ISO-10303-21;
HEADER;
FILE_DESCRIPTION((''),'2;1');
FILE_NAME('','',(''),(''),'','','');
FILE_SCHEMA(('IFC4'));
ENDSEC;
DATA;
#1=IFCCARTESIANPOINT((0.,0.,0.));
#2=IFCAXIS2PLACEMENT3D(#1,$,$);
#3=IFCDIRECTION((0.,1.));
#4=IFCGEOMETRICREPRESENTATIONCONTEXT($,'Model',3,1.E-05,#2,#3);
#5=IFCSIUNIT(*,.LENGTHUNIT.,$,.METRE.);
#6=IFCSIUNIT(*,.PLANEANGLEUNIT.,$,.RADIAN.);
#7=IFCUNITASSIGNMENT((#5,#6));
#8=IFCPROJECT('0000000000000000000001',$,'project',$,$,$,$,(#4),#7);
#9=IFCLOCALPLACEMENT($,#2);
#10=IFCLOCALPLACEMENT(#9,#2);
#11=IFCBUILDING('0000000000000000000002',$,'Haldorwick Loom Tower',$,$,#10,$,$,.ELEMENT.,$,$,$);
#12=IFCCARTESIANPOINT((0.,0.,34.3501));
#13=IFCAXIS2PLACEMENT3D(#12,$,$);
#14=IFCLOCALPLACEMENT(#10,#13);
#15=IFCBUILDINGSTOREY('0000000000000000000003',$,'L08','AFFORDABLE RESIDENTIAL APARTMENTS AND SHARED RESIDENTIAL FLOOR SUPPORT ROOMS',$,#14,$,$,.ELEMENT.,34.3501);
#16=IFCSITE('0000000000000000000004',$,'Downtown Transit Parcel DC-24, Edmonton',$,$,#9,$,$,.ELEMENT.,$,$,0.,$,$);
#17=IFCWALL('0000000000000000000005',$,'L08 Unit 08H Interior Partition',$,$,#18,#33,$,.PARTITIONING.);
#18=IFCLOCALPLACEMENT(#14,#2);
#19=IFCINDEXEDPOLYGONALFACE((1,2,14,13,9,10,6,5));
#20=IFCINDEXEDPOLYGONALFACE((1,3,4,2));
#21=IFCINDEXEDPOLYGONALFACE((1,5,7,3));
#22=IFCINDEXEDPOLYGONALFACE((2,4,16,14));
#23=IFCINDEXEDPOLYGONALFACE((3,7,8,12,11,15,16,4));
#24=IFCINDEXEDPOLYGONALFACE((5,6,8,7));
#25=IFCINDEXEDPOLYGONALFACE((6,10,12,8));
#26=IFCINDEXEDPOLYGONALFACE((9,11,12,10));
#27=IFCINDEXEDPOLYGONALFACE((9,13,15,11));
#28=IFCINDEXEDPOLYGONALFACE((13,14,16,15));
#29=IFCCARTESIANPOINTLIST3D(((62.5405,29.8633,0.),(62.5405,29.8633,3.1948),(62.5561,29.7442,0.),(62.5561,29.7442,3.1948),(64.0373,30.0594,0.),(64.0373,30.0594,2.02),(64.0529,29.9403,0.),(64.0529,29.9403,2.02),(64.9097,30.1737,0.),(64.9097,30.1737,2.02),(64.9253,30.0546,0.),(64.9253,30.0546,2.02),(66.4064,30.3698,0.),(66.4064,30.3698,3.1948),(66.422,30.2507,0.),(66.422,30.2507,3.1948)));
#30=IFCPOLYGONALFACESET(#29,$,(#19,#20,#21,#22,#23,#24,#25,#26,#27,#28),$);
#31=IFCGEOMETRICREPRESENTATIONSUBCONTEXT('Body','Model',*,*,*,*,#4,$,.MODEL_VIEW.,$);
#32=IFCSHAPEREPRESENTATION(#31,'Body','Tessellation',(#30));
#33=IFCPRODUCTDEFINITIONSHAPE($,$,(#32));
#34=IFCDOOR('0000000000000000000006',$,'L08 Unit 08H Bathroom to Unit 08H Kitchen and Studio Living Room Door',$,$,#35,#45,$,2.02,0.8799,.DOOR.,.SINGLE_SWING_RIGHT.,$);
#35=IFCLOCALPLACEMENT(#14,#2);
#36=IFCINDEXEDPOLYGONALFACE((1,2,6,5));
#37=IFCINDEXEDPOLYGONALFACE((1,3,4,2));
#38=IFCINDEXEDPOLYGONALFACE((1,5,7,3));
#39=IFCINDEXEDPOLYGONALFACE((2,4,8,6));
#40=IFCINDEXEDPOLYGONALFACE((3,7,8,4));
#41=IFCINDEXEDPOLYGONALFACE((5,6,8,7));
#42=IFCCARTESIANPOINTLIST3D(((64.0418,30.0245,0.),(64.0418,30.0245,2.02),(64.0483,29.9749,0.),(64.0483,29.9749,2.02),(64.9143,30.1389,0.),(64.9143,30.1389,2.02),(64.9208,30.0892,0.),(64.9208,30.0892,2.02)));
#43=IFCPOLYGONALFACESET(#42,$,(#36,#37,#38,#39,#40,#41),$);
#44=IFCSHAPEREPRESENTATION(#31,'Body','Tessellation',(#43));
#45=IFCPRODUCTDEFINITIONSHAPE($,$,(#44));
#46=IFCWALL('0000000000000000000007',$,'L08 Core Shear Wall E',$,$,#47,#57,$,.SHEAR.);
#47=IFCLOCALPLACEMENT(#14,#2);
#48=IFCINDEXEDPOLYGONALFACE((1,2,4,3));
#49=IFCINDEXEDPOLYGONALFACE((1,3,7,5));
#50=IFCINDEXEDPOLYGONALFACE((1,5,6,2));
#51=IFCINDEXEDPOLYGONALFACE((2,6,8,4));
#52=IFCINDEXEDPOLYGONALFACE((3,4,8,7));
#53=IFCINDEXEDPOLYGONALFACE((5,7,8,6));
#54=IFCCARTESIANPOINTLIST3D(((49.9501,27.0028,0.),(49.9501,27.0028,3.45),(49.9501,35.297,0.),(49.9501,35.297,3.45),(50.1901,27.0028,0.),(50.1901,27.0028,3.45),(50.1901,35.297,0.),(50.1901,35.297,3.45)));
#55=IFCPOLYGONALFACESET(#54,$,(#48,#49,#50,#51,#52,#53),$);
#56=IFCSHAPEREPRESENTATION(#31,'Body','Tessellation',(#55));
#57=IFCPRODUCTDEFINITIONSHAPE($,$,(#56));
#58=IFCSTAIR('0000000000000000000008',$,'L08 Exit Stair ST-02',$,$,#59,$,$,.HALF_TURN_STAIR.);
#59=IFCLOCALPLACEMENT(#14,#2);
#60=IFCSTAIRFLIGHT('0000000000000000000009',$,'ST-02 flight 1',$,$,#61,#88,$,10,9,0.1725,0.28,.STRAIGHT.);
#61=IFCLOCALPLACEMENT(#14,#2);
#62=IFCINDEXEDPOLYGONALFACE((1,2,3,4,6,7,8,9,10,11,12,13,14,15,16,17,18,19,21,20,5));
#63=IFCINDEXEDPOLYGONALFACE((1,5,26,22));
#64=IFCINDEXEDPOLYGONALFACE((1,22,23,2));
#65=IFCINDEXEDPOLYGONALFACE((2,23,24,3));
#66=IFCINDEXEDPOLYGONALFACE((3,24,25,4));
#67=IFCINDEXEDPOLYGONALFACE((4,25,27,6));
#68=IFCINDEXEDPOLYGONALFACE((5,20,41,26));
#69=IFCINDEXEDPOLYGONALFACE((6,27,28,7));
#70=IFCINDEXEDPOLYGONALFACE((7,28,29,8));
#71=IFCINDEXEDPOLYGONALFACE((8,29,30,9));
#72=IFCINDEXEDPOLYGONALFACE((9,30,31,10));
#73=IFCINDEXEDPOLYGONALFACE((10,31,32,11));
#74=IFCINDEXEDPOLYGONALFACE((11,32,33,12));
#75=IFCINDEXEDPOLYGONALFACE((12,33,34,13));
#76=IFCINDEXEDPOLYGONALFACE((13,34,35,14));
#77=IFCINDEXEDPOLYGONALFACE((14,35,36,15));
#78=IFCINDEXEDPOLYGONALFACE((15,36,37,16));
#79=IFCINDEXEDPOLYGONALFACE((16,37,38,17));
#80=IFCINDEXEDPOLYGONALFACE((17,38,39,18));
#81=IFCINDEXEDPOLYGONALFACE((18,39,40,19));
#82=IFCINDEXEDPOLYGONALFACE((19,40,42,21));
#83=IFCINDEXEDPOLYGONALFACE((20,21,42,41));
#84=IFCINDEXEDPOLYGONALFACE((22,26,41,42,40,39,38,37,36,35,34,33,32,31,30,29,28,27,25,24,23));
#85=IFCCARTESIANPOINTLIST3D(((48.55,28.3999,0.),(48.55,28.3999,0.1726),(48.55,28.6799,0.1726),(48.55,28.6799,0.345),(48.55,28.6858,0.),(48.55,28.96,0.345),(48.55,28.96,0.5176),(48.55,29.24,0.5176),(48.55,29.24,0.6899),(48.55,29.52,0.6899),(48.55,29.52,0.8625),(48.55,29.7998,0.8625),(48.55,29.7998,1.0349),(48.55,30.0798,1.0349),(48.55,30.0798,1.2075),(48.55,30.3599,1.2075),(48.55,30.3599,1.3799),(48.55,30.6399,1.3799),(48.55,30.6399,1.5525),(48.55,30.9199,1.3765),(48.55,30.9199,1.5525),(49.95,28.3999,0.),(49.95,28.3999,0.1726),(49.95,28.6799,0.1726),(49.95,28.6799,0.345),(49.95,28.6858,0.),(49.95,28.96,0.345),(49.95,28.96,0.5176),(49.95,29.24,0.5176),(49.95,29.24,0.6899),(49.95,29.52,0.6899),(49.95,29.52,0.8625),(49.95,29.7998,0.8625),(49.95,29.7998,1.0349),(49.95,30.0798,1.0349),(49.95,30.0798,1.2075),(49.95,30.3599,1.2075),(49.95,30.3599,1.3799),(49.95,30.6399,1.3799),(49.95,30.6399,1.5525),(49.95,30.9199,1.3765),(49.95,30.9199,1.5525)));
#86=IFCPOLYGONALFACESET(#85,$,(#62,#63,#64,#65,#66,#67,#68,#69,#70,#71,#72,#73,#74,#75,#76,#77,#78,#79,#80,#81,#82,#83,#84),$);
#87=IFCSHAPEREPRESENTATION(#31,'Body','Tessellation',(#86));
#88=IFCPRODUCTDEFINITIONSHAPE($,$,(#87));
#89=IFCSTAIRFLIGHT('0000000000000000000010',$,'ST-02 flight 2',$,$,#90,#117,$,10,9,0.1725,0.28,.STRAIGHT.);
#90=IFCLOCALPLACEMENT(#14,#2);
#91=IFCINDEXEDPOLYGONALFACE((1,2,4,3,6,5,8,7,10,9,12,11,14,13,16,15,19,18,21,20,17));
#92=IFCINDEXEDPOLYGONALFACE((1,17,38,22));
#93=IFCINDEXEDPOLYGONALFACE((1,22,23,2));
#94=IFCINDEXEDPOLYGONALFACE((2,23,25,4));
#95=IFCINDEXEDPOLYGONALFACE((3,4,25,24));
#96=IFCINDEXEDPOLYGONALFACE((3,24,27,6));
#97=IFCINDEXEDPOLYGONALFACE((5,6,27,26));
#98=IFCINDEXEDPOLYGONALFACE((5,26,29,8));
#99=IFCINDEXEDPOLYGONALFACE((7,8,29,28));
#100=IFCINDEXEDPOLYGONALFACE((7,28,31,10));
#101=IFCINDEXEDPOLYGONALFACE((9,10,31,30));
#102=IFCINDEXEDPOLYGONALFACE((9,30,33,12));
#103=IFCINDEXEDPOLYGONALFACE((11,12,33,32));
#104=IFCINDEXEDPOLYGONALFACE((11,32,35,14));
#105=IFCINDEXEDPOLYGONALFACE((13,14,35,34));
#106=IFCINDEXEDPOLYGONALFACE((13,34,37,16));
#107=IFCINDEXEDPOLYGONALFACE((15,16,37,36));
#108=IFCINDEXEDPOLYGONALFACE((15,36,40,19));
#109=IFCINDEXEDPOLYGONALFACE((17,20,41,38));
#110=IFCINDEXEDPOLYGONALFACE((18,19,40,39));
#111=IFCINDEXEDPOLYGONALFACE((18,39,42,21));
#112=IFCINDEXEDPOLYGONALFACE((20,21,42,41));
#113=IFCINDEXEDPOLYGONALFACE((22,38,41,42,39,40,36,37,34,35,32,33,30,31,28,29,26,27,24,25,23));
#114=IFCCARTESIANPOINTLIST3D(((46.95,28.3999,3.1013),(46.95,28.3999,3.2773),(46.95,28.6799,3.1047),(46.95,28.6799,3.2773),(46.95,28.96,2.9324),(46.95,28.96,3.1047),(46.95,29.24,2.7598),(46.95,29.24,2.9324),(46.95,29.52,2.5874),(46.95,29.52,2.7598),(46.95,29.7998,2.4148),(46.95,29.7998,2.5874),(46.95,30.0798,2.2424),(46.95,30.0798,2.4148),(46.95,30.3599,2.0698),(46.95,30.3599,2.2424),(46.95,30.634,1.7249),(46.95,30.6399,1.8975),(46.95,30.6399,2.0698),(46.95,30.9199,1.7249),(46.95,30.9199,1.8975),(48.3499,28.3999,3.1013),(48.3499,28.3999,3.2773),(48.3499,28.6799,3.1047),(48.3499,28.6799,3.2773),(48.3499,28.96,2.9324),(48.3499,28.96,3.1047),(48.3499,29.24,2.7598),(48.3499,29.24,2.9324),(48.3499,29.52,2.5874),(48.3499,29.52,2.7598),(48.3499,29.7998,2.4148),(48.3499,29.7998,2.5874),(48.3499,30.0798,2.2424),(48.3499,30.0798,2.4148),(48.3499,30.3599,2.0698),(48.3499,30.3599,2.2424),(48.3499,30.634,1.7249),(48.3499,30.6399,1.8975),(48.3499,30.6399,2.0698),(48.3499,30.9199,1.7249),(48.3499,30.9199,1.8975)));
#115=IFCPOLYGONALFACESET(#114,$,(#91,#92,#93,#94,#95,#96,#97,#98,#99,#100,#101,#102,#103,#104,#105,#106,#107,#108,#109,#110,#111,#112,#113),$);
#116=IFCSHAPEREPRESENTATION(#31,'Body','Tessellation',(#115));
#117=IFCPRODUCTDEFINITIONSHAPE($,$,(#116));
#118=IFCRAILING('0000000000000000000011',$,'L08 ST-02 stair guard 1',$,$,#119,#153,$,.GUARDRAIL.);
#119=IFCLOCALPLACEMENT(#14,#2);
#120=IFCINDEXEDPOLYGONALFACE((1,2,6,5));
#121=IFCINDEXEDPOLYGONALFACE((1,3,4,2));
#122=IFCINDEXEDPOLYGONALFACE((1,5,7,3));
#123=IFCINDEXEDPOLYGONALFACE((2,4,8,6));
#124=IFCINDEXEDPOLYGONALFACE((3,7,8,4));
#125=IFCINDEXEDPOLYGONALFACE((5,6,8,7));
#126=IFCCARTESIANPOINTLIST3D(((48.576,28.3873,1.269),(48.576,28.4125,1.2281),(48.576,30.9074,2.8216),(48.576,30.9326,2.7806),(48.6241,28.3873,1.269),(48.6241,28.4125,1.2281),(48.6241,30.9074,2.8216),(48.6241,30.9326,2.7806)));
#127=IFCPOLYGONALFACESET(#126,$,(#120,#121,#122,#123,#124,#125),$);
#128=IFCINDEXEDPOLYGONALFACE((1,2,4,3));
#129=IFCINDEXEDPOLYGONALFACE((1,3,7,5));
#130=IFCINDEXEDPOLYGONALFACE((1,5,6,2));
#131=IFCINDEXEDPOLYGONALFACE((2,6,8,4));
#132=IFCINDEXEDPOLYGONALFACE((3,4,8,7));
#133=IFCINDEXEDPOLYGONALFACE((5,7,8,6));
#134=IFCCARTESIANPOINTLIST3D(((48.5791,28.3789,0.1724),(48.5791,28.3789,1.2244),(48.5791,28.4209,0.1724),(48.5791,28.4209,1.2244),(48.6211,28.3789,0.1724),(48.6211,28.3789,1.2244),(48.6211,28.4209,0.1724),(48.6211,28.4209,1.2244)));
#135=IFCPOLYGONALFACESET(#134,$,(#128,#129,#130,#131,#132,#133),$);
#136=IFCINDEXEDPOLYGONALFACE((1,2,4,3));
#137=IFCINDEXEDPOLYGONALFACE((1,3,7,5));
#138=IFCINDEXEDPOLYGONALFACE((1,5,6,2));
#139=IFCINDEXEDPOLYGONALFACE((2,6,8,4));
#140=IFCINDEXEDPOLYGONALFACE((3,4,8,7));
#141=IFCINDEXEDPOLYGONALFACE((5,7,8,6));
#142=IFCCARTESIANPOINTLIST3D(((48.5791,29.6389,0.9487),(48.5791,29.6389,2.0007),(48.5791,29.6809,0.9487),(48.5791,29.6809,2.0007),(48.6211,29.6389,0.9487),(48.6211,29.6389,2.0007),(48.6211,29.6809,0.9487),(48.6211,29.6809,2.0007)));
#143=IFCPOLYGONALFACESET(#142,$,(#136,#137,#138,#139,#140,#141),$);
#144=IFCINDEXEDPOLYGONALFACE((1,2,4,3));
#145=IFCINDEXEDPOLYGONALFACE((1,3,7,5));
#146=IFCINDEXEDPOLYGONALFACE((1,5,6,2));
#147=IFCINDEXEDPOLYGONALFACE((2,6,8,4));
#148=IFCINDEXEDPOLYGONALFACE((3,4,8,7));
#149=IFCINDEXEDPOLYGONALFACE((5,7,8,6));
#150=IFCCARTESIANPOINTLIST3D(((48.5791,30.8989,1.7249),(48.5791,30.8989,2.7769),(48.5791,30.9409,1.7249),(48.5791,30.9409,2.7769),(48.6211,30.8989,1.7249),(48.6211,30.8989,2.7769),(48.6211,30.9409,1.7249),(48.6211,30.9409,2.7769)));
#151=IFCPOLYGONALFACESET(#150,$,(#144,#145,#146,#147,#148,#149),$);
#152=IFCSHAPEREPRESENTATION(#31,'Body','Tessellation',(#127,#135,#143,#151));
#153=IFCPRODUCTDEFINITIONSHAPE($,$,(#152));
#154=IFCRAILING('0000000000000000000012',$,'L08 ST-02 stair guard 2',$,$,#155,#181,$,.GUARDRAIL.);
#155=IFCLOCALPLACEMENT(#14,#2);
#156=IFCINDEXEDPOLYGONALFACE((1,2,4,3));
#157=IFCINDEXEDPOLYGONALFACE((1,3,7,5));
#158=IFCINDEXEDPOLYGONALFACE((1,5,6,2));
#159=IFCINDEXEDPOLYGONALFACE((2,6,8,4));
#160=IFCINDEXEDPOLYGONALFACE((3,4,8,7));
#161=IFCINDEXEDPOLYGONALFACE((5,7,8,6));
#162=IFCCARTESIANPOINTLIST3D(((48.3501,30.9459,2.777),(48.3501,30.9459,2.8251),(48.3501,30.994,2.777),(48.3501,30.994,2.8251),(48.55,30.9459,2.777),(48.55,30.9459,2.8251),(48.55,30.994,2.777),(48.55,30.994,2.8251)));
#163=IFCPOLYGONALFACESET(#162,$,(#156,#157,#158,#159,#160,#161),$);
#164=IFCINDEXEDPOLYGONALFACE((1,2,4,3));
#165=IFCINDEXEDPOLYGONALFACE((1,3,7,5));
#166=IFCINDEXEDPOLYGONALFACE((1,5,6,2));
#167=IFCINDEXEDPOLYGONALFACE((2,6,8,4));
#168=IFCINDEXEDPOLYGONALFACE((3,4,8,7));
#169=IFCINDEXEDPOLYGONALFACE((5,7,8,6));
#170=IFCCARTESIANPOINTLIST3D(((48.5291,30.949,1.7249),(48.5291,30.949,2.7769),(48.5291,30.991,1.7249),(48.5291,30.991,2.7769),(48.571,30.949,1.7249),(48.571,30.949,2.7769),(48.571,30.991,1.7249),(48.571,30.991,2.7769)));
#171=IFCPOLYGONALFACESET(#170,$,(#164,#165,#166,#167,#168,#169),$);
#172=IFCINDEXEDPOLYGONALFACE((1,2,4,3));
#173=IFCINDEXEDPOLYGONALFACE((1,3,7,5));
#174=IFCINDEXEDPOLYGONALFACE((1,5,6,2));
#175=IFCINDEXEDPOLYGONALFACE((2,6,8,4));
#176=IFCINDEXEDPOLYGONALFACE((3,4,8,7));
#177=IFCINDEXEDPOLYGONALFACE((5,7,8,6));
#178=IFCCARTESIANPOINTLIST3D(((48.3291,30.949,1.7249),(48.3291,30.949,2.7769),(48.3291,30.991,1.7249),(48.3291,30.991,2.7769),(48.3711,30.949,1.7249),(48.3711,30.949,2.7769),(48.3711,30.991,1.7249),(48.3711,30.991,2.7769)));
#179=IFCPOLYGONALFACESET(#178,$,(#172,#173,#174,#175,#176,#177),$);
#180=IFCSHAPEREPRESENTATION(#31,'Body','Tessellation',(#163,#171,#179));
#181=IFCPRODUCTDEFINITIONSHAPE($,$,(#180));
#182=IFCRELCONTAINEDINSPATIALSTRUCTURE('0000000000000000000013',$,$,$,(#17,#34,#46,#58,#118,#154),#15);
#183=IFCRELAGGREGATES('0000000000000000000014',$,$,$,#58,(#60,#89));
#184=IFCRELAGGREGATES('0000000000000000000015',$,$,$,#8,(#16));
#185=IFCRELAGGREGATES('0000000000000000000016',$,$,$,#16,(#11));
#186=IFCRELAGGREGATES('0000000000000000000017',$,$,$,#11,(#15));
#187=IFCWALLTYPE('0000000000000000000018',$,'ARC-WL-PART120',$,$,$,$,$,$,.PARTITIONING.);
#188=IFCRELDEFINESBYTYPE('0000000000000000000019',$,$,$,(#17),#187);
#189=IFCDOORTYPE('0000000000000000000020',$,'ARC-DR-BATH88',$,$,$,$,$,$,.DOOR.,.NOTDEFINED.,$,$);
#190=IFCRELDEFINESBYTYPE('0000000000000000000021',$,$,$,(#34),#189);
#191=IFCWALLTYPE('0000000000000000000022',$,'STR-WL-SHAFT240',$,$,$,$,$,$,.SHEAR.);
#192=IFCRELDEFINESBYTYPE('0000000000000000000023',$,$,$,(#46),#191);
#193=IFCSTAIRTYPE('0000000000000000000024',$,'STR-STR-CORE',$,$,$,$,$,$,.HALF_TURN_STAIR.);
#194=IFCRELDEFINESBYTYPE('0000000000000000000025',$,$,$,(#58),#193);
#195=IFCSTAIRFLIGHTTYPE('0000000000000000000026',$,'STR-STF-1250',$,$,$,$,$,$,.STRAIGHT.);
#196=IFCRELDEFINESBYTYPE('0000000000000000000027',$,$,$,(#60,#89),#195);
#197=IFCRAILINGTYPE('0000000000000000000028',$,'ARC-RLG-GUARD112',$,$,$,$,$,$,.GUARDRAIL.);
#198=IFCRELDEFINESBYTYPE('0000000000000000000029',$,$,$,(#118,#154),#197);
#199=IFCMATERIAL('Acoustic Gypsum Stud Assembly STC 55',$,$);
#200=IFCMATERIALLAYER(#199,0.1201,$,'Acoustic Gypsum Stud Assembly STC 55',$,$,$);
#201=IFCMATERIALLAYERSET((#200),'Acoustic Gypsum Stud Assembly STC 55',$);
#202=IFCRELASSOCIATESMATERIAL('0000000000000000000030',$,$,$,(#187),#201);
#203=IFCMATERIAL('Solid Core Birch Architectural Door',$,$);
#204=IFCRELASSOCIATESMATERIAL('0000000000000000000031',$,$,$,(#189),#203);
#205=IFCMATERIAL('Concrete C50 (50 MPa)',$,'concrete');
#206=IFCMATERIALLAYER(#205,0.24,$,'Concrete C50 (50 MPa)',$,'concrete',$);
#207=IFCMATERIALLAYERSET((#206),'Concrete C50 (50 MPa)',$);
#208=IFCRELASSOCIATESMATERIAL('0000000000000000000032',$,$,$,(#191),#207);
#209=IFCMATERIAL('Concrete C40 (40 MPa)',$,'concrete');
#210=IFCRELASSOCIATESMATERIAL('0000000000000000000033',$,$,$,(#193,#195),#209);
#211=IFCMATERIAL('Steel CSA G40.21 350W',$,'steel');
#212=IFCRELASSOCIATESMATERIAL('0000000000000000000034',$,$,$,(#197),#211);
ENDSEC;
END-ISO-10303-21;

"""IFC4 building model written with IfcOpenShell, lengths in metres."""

from ifc_helpers import new_model, si_unit, direction, frame, frame_2d, origin, origin_2d, place, context, subcontext, project, spatial, polyline, rectangle, outline, extrude, material, layer, layer_set, type_object, element, fill, aggregate, save


model = new_model("IFC4")

# Units and contexts
model_context = context("Model", 3, precision=1e-05, world=origin(), true_north=direction((0.0, 1.0)))
body_context = subcontext(model_context, "Body", "Model", "MODEL_VIEW")
ifc_project = project(units=[si_unit("LENGTHUNIT", "METRE"), si_unit("PLANEANGLEUNIT", "RADIAN")], contexts=[model_context])

# Site, building, storey
site_placement = place(None, origin())
site = spatial("IfcSite", under=ifc_project, at=site_placement, Name="Downtown Transit Parcel DC-24, Edmonton", CompositionType="ELEMENT", RefElevation=0.0)
building_placement = place(site_placement, origin())
building = spatial("IfcBuilding", under=site, at=building_placement, Name="Haldorwick Loom Tower", CompositionType="ELEMENT")
storey_placement = place(building_placement, frame((0.0, 0.0, 34.3501)))
storey = spatial("IfcBuildingStorey", under=building, at=storey_placement, Name="L08", Description="AFFORDABLE RESIDENTIAL APARTMENTS AND SHARED RESIDENTIAL FLOOR SUPPORT ROOMS", CompositionType="ELEMENT", Elevation=34.3501)

# Shared definitions
ifc_material_1 = material(Name="Steel CSA G40.21 350W", Category="steel")

# Shared definitions
ifc_material_2 = material(Name="Acoustic Gypsum Stud Assembly STC 55")
ifc_layer_1 = layer(ifc_material_2, 0.1201, Name="Acoustic Gypsum Stud Assembly STC 55")
ifc_layer_set_1 = layer_set([ifc_layer_1], Name="Acoustic Gypsum Stud Assembly STC 55")
wall_type_1 = type_object("IfcWallType", Name="ARC-WL-PART120", PredefinedType="PARTITIONING", material=ifc_layer_set_1)

# Wall, opening, door
wall_1_placement = place(storey_placement, frame((62.5483, 29.8037, 0.0), z_axis=(0.0, 0.0, 1.0), x_axis=(0.991523, 0.129928, 0.0)))
wall_1 = element("IfcWall", 1, at=wall_1_placement, inside=storey, type_object=wall_type_1, Name="L08 Unit 08H Interior Partition", PredefinedType="PARTITIONING", context=body_context, shape_type="SweptSolid", body=[
    extrude(rectangle(XDim=3.8989, YDim=0.1201, at=frame_2d((1.9495, 0.0))), origin(), (0.0, 0.0, 1.0), 3.1948),
])
opening_1_placement = place(wall_1_placement, frame((1.5095, 0.0, 0.0)))
opening_1 = element("IfcOpeningElement", 2, at=opening_1_placement, cuts=wall_1, PredefinedType="OPENING", context=body_context, shape_type="SweptSolid", body=[
    extrude(rectangle(XDim=0.8799, YDim=2.02, at=frame_2d((0.4399, 1.01))), frame((0.0, 0.0701, 0.0), z_axis=(0.0, -1.0, 0.0), x_axis=(1.0, 0.0, 0.0)), (0.0, 0.0, 1.0), 0.1401),
])
ifc_material_3 = material(Name="Solid Core Birch Architectural Door")
door_type_1 = type_object("IfcDoorType", Name="ARC-DR-BATH88", OperationType="NOTDEFINED", PredefinedType="DOOR", material=ifc_material_3)
door_1_placement = place(opening_1_placement, origin())
door_1 = element("IfcDoor", 3, at=door_1_placement, inside=storey, type_object=door_type_1, Name="L08 Unit 08H Bathroom to Unit 08H Kitchen and Studio Living Room Door", OperationType="SINGLE_SWING_RIGHT", OverallHeight=2.02, OverallWidth=0.8799, PredefinedType="DOOR", context=body_context, shape_type="SweptSolid", body=[
    extrude(rectangle(XDim=0.8799, YDim=2.02, at=frame_2d((0.4399, 1.01))), frame((0.0, 0.0249, 0.0), z_axis=(0.0, -1.0, 0.0), x_axis=(1.0, 0.0, 0.0)), (0.0, 0.0, 1.0), 0.05),
])
fill(opening_1, door_1)

# Wall
ifc_material_4 = material(Name="Concrete C50 (50 MPa)", Category="concrete")
ifc_layer_2 = layer(ifc_material_4, 0.24, Name="Concrete C50 (50 MPa)", Category="concrete")
ifc_layer_set_2 = layer_set([ifc_layer_2], Name="Concrete C50 (50 MPa)")
wall_type_2 = type_object("IfcWallType", Name="STR-WL-SHAFT240", PredefinedType="SHEAR", material=ifc_layer_set_2)
wall_2_placement = place(storey_placement, frame((50.0701, 27.0029, 0.0), z_axis=(0.0, 0.0, 1.0), x_axis=(0.0, 1.0, 0.0)))
element("IfcWall", 4, at=wall_2_placement, inside=storey, type_object=wall_type_2, Name="L08 Core Shear Wall E", PredefinedType="SHEAR", context=body_context, shape_type="SweptSolid", body=[
    extrude(rectangle(XDim=8.2942, YDim=0.24, at=frame_2d((4.147, 0.0))), origin(), (0.0, 0.0, 1.0), 3.45),
])

# Stair, stair flights
ifc_material_5 = material(Name="Concrete C40 (40 MPa)", Category="concrete")
stair_type = type_object("IfcStairType", Name="STR-STR-CORE", PredefinedType="HALF_TURN_STAIR", material=ifc_material_5)
stair_placement = place(storey_placement, origin())
stair = element("IfcStair", 5, at=stair_placement, inside=storey, type_object=stair_type, Name="L08 Exit Stair ST-02", PredefinedType="HALF_TURN_STAIR")
stair_flight_type = type_object("IfcStairFlightType", Name="STR-STF-1250", PredefinedType="STRAIGHT", material=ifc_material_5)
stair_flight_1_placement = place(storey_placement, frame((49.25, 28.3999, 0.0), z_axis=(0.0, 0.0, 1.0), x_axis=(0.0, 1.0, 0.0)))
stair_flight_1 = element("IfcStairFlight", 6, at=stair_flight_1_placement, type_object=stair_flight_type, Name="ST-02 flight 1", NumberOfRisers=10, NumberOfTreads=9, PredefinedType="STRAIGHT", RiserHeight=0.1725, TreadLength=0.28, context=body_context, shape_type="SweptSolid", body=[
    extrude(outline(polyline([(0.0, 0.0), (0.0, 0.1726), (0.28, 0.1726), (0.28, 0.345), (0.5601, 0.345), (0.5601, 0.5176), (0.8401, 0.5176), (0.8401, 0.6899), (1.1201, 0.6899), (1.1201, 0.8625), (1.3999, 0.8625), (1.3999, 1.0349), (1.6799, 1.0349), (1.6799, 1.2075), (1.96, 1.2075), (1.96, 1.3799), (2.24, 1.3799), (2.24, 1.5525), (2.52, 1.5525), (2.52, 1.7251), (2.52, 1.3765), (0.2859, 0.0), (0.0, 0.0)])), frame((0.0, 0.7, 0.0), z_axis=(0.0, -1.0, 0.0), x_axis=(1.0, 0.0, 0.0)), (0.0, 0.0, 1.0), 1.3999),
])
stair_flight_2_placement = place(storey_placement, frame((47.6499, 30.9199, 1.7249), z_axis=(0.0, 0.0, 1.0), x_axis=(0.0, -1.0, 0.0)))
stair_flight_2 = element("IfcStairFlight", 7, at=stair_flight_2_placement, type_object=stair_flight_type, Name="ST-02 flight 2", NumberOfRisers=10, NumberOfTreads=9, PredefinedType="STRAIGHT", RiserHeight=0.1725, TreadLength=0.28, context=body_context, shape_type="SweptSolid", body=[
    extrude(outline(polyline([(0.0, 0.0), (0.0, 0.1726), (0.28, 0.1726), (0.28, 0.345), (0.5601, 0.345), (0.5601, 0.5176), (0.8401, 0.5176), (0.8401, 0.6899), (1.1201, 0.6899), (1.1201, 0.8625), (1.3999, 0.8625), (1.3999, 1.0349), (1.6799, 1.0349), (1.6799, 1.2075), (1.96, 1.2075), (1.96, 1.3799), (2.24, 1.3799), (2.24, 1.5525), (2.52, 1.5525), (2.52, 1.7251), (2.52, 1.3765), (0.2859, 0.0), (0.0, 0.0)])), frame((0.0, 0.7, 0.0), z_axis=(0.0, -1.0, 0.0), x_axis=(1.0, 0.0, 0.0)), (0.0, 0.0, 1.0), 1.3999),
])
aggregate(stair, [stair_flight_1, stair_flight_2])

# Railings
railing_type_1 = type_object("IfcRailingType", Name="ARC-RLG-GUARD112", PredefinedType="GUARDRAIL", material=ifc_material_1)
railing_1_placement = place(storey_placement, frame((48.6001, 28.3999, 0.1724)))
element("IfcRailing", 8, at=railing_1_placement, inside=storey, type_object=railing_type_1, Name="L08 ST-02 stair guard 1", PredefinedType="GUARDRAIL", context=body_context, shape_type="SweptSolid", body=[
    extrude(rectangle(XDim=0.0481, YDim=0.0481, at=origin_2d()), frame((0.0, 0.0, 1.0762), z_axis=(0.0, 0.8514, 0.524516), x_axis=(-1.0, 0.0, 0.0)), (0.0, 0.0, 1.0), 2.96),
    extrude(rectangle(XDim=0.042, YDim=0.042, at=origin_2d()), origin(), (0.0, 0.0, 1.0), 1.052),
    extrude(rectangle(XDim=0.042, YDim=0.042, at=origin_2d()), frame((0.0, 1.26, 0.7764)), (0.0, 0.0, 1.0), 1.052),
    extrude(rectangle(XDim=0.042, YDim=0.042, at=origin_2d()), frame((0.0, 2.52, 1.5525)), (0.0, 0.0, 1.0), 1.052),
])
railing_2_placement = place(storey_placement, frame((48.55, 30.97, 1.7249)))
element("IfcRailing", 9, at=railing_2_placement, inside=storey, type_object=railing_type_1, Name="L08 ST-02 stair guard 2", PredefinedType="GUARDRAIL", context=body_context, shape_type="SweptSolid", body=[
    extrude(rectangle(XDim=0.0481, YDim=0.0481, at=origin_2d()), frame((0.0, 0.0, 1.0762), z_axis=(-1.0, 0.0, 0.0), x_axis=(0.0, -1.0, 0.0)), (0.0, 0.0, 1.0), 0.2),
    extrude(rectangle(XDim=0.042, YDim=0.042, at=origin_2d()), origin(), (0.0, 0.0, 1.0), 1.052),
    extrude(rectangle(XDim=0.042, YDim=0.042, at=origin_2d()), frame((-0.2, 0.0, 0.0)), (0.0, 0.0, 1.0), 1.052),
])

save(model, "model.ifc")
